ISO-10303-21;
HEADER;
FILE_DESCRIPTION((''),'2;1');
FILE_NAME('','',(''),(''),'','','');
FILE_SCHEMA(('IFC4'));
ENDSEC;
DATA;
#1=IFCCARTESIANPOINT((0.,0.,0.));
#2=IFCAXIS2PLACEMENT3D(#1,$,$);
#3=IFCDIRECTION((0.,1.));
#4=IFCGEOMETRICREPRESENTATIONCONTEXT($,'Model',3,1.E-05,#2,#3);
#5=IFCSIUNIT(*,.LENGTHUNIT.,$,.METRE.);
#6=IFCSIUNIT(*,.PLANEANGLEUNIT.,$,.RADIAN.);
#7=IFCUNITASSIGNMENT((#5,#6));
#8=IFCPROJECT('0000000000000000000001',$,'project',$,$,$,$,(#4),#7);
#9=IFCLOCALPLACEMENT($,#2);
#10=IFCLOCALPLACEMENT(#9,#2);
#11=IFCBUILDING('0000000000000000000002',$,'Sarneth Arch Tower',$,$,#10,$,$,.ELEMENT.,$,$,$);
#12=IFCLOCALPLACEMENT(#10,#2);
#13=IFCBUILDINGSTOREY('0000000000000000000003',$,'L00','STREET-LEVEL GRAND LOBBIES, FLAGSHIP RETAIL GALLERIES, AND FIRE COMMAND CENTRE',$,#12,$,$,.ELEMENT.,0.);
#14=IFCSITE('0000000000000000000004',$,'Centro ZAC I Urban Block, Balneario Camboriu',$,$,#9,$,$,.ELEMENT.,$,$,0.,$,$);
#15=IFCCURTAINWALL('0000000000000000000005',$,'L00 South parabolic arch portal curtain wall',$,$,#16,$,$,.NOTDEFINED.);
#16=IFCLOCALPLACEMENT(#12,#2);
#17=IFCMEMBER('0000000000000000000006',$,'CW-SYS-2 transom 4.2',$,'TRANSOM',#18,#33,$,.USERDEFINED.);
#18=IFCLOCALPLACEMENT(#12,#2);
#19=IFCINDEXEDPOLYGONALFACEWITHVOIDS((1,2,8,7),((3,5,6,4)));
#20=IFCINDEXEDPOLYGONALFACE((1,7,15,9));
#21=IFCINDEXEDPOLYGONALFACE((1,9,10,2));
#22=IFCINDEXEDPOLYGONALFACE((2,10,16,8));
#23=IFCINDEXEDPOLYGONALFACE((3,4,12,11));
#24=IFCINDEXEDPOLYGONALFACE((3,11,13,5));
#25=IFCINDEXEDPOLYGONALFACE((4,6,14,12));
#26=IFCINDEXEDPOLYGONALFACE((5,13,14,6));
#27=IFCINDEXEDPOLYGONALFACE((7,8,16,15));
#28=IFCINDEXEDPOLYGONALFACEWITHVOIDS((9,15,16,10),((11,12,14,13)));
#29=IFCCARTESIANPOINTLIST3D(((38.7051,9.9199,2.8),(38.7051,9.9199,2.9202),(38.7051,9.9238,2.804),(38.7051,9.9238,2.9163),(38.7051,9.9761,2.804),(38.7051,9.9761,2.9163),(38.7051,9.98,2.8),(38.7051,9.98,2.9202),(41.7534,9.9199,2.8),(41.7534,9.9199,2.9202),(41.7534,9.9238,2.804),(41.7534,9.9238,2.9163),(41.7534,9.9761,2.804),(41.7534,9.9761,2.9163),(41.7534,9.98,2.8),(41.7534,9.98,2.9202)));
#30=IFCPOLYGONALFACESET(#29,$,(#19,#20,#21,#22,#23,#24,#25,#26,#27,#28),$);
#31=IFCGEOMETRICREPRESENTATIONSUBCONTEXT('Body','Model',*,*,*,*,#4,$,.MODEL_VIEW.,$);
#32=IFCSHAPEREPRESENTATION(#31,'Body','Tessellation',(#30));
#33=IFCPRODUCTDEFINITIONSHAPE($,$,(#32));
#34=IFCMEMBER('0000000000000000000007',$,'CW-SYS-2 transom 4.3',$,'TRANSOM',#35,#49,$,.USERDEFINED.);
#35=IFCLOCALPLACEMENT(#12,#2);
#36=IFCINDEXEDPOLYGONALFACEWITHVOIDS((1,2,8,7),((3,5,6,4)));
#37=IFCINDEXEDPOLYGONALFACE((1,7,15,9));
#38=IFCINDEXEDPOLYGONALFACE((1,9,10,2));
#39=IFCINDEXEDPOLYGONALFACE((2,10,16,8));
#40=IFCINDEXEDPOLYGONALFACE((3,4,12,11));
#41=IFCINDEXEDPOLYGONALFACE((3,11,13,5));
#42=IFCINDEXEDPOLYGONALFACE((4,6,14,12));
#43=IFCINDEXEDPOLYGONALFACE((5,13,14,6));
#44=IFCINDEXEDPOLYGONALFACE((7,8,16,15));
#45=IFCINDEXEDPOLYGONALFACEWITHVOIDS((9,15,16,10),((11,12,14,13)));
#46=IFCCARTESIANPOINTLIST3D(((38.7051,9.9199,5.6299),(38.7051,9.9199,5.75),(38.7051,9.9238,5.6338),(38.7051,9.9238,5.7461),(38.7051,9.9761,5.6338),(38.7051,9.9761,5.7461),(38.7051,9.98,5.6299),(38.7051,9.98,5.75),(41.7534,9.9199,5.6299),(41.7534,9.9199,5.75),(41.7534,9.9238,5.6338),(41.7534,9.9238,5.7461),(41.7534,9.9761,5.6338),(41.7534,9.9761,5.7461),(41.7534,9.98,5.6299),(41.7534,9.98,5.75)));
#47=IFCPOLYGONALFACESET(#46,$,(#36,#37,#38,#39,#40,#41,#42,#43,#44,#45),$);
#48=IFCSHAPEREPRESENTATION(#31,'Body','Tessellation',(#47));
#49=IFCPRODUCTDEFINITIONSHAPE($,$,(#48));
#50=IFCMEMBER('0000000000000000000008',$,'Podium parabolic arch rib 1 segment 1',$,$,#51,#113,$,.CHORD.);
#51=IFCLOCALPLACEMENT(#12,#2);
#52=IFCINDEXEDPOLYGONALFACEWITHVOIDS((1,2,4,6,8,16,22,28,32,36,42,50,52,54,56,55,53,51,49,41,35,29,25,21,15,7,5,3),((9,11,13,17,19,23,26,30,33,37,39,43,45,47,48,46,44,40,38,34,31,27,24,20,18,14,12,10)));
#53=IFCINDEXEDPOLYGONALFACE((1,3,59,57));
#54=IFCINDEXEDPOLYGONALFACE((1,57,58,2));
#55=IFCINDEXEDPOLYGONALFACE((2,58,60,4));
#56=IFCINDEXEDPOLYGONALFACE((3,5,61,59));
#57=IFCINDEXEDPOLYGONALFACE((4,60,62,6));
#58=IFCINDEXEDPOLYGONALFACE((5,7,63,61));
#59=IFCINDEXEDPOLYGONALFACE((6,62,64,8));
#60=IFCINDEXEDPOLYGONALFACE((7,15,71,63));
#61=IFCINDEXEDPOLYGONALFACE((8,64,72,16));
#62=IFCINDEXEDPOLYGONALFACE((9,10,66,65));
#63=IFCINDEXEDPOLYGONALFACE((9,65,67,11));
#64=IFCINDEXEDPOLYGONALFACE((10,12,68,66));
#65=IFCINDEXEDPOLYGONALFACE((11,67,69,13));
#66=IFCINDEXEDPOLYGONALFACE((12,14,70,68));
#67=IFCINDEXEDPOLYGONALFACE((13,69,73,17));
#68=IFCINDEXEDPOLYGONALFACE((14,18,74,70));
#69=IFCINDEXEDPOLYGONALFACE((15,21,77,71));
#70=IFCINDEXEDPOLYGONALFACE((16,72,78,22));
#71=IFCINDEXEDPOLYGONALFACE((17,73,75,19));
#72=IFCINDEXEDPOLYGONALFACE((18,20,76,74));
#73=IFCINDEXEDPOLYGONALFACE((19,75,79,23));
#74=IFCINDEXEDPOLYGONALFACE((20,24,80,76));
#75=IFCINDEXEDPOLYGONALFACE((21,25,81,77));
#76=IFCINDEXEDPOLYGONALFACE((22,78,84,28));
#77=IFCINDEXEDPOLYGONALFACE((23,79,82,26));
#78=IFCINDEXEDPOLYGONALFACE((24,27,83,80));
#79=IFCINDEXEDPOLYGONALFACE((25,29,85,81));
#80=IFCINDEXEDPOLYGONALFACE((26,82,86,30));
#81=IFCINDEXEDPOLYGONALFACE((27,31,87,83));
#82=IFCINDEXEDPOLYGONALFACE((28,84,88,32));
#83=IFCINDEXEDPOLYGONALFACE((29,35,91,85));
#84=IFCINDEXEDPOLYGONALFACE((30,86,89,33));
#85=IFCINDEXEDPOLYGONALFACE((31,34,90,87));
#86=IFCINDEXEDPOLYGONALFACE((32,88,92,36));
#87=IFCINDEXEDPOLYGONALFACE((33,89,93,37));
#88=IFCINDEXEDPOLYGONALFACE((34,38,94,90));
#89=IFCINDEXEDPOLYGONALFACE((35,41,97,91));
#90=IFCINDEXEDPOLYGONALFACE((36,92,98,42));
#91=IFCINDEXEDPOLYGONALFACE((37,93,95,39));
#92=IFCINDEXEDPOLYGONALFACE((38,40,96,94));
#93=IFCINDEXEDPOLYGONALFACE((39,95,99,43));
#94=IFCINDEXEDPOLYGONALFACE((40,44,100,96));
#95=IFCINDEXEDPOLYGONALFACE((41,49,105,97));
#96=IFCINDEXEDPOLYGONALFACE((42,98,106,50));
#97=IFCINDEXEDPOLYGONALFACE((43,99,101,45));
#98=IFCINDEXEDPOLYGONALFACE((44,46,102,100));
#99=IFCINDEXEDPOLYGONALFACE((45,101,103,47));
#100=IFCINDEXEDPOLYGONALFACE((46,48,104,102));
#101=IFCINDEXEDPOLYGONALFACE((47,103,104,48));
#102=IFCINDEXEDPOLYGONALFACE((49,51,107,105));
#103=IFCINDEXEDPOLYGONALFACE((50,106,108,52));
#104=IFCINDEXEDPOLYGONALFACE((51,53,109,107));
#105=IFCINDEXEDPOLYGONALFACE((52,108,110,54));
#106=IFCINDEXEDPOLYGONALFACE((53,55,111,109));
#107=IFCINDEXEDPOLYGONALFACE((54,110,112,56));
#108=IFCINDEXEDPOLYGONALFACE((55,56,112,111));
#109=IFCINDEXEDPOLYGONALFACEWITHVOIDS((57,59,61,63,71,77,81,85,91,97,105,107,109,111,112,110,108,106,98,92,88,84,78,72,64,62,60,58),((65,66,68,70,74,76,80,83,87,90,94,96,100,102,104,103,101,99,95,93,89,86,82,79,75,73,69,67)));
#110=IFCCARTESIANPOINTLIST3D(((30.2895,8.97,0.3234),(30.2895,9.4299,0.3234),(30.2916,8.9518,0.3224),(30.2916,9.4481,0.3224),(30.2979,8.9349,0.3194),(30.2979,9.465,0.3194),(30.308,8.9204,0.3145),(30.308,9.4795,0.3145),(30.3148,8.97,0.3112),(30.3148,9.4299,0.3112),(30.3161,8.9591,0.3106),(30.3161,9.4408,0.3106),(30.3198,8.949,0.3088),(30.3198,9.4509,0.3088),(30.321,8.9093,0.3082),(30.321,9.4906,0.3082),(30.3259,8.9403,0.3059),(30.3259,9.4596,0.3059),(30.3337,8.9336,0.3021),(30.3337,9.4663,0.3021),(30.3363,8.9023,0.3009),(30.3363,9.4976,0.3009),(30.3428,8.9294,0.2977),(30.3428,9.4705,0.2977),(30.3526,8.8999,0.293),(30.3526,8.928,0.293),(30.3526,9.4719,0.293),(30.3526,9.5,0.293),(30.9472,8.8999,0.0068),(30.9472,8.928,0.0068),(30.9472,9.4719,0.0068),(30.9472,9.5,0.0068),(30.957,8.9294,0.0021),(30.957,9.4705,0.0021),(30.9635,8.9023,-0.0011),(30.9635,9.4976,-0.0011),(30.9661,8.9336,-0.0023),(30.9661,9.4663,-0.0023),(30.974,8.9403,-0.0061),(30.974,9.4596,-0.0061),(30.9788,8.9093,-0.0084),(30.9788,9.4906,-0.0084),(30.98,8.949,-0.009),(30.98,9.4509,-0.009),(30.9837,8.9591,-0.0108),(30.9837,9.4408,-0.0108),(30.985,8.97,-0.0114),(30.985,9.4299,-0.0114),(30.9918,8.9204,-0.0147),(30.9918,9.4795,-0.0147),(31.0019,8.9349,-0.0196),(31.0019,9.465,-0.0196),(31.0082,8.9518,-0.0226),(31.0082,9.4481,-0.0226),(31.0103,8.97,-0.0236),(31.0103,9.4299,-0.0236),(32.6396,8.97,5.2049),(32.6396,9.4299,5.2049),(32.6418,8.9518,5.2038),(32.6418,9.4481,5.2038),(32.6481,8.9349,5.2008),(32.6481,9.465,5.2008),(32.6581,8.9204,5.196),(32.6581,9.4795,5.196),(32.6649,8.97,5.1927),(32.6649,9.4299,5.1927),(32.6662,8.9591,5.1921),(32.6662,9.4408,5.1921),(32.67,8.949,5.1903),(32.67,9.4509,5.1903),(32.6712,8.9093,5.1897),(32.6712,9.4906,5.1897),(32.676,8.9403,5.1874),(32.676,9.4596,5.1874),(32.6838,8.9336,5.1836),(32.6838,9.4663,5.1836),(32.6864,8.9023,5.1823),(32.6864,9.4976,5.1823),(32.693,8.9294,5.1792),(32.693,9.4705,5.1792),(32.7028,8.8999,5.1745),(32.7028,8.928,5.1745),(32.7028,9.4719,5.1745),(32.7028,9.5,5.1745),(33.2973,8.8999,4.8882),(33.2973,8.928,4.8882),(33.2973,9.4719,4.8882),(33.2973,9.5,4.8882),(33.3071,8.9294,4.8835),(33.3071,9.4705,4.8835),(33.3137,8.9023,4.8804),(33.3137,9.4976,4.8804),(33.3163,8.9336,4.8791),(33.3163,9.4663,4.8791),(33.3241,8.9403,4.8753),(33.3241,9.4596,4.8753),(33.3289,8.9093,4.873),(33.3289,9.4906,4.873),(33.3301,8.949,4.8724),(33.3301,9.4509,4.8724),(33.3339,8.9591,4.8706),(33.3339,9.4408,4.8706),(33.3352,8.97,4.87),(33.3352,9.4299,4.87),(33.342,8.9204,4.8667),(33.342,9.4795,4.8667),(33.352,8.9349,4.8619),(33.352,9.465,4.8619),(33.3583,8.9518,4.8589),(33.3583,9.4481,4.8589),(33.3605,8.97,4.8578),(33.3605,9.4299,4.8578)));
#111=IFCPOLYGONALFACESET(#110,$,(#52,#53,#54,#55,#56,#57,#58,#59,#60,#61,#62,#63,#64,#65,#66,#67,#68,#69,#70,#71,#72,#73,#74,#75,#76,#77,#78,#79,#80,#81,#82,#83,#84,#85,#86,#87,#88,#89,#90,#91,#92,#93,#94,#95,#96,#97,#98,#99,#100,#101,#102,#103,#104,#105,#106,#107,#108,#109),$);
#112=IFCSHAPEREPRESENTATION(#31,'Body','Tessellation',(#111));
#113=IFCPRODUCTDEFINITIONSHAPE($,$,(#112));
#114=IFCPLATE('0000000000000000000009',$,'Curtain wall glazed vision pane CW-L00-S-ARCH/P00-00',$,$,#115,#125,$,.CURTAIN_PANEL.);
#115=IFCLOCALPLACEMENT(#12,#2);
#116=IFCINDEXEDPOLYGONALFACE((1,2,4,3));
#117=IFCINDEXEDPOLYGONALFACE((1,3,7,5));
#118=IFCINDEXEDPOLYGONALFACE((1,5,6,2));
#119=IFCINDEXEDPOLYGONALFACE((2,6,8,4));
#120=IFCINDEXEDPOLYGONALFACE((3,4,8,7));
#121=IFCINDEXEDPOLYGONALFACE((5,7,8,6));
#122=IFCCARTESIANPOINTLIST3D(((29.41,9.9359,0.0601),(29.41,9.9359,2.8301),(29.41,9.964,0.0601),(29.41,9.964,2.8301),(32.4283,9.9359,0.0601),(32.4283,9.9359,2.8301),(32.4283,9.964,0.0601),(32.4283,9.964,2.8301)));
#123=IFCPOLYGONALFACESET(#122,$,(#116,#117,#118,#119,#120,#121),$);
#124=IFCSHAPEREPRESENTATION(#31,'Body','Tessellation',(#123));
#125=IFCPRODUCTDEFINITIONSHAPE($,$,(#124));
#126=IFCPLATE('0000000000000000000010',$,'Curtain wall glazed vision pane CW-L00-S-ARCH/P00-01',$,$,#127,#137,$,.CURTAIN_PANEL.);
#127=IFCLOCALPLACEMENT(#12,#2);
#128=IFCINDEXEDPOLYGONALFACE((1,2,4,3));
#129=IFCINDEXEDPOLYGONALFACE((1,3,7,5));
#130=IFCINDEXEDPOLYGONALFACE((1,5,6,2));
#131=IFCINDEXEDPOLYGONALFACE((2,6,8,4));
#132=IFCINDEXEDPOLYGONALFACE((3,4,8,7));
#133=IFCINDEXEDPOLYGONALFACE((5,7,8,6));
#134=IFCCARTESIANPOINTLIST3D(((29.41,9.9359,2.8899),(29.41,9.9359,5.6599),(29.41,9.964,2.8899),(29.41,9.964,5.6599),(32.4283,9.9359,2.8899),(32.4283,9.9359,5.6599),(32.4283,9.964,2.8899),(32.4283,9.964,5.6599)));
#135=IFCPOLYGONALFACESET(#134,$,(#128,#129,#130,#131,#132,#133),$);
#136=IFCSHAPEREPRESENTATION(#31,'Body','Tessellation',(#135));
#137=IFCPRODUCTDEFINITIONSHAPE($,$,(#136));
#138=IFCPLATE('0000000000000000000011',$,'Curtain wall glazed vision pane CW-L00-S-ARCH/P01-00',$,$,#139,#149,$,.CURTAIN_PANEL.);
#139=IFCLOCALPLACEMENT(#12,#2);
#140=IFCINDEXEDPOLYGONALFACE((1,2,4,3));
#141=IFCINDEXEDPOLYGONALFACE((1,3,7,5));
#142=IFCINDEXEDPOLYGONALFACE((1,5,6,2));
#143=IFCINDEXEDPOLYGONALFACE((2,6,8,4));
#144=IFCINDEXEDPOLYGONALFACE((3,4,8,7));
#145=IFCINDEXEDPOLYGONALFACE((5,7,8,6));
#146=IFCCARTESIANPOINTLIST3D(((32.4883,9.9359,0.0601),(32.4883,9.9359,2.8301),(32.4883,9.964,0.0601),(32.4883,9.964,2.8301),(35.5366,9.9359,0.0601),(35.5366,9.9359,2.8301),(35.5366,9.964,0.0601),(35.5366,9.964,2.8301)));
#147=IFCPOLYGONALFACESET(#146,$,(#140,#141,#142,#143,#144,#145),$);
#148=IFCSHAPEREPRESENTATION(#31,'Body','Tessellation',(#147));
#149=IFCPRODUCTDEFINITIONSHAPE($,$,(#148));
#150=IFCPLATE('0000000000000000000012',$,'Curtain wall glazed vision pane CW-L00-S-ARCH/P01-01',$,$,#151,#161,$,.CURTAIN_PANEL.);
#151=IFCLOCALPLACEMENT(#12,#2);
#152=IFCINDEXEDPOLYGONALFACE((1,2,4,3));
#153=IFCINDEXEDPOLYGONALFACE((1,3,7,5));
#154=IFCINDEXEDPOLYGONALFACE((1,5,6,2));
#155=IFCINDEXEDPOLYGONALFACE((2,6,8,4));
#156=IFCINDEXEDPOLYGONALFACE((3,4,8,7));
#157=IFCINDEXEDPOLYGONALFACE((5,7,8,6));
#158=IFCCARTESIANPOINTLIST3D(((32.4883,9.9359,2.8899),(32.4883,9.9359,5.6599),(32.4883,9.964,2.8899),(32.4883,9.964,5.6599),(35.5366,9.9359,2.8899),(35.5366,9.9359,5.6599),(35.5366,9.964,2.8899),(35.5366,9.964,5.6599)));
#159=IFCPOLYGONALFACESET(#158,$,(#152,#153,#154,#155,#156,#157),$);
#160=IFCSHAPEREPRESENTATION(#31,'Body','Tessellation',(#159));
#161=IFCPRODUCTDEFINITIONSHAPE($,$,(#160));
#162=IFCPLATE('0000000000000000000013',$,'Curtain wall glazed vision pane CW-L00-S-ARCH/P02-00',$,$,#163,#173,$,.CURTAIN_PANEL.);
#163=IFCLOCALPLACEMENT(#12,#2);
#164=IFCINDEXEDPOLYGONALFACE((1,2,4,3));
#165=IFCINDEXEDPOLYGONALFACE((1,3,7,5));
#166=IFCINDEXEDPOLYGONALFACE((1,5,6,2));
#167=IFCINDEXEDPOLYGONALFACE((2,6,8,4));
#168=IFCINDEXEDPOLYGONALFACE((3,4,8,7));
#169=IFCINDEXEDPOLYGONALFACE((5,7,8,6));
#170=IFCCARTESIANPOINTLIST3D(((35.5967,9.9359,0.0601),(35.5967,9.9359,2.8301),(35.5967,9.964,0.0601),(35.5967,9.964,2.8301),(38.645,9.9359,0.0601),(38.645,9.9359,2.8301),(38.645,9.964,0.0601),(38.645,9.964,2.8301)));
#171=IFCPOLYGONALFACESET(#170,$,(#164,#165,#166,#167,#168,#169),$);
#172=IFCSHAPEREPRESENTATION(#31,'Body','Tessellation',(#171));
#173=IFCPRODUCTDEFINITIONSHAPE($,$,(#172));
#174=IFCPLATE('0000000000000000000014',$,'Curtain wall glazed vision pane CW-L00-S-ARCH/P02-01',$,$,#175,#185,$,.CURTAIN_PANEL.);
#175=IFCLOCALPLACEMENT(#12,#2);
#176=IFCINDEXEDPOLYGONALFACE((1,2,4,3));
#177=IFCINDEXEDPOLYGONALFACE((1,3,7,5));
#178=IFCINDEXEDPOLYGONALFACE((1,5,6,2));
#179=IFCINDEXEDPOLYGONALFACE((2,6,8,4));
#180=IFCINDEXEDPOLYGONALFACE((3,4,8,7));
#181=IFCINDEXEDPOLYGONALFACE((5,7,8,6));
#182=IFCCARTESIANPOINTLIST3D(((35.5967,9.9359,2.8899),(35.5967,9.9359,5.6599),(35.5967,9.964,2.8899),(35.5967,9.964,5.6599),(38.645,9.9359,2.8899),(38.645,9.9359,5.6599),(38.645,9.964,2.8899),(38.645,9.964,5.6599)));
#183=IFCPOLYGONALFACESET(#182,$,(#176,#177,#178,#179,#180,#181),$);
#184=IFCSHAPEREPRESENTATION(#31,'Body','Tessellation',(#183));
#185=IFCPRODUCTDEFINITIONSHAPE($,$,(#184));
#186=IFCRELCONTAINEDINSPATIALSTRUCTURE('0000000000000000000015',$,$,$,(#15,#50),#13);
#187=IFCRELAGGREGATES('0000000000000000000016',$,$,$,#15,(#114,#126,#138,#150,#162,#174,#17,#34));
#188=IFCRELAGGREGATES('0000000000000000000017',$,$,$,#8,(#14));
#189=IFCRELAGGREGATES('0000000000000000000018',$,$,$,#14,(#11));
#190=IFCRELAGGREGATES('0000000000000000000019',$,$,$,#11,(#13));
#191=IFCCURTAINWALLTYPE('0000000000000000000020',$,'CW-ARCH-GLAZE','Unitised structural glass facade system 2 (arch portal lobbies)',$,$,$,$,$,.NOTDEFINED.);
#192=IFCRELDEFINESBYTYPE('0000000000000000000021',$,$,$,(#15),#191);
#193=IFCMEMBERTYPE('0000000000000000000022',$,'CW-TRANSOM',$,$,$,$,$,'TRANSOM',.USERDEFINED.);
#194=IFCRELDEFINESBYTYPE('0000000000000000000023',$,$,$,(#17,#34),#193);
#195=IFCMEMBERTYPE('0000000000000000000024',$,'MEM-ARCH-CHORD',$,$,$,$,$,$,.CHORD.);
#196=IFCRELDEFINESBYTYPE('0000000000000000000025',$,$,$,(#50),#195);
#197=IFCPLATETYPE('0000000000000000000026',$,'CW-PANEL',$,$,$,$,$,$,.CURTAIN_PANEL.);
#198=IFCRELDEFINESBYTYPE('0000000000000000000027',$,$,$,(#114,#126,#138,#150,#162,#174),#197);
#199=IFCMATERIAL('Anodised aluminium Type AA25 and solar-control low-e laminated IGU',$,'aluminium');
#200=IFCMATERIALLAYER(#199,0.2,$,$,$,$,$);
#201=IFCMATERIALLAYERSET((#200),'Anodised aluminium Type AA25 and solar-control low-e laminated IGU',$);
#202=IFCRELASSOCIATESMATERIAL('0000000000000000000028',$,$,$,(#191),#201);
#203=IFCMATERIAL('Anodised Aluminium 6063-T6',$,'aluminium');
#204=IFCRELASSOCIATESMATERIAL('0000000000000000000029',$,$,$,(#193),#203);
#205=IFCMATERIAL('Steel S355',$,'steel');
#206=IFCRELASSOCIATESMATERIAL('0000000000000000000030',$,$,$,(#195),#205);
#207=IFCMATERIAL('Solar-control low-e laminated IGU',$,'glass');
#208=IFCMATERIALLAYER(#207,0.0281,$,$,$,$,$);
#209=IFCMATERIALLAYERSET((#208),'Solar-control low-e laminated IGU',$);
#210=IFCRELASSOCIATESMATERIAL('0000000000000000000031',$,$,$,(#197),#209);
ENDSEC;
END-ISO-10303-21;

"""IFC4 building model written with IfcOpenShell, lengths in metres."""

from ifc_helpers import new_model, si_unit, direction, frame, origin, origin_2d, place, context, subcontext, project, spatial, rectangle, hollow_rectangle, extrude, material, layer, layer_set, material_profile, profile_set, type_object, element, aggregate, save


model = new_model("IFC4")

# Units and contexts
model_context = context("Model", 3, precision=1e-05, world=origin(), true_north=direction((0.0, 1.0)))
body_context = subcontext(model_context, "Body", "Model", "MODEL_VIEW")
ifc_project = project(units=[si_unit("LENGTHUNIT", "METRE"), si_unit("PLANEANGLEUNIT", "RADIAN")], contexts=[model_context])

# Site, building, storey
site_placement = place(None, origin())
site = spatial("IfcSite", under=ifc_project, at=site_placement, Name="Centro ZAC I Urban Block, Balneario Camboriu", CompositionType="ELEMENT", RefElevation=0.0)
building_placement = place(site_placement, origin())
building = spatial("IfcBuilding", under=site, at=building_placement, Name="Sarneth Arch Tower", CompositionType="ELEMENT")
storey_placement = place(building_placement, origin())
storey = spatial("IfcBuildingStorey", under=building, at=storey_placement, Name="L00", Description="STREET-LEVEL GRAND LOBBIES, FLAGSHIP RETAIL GALLERIES, AND FIRE COMMAND CENTRE", CompositionType="ELEMENT", Elevation=0.0)

# Curtain wall, members
ifc_material_1 = material(Name="Anodised aluminium Type AA25 and solar-control low-e laminated IGU", Category="aluminium")
ifc_layer_1 = layer(ifc_material_1, 0.2)
ifc_layer_set_1 = layer_set([ifc_layer_1], Name="Anodised aluminium Type AA25 and solar-control low-e laminated IGU")
curtain_wall_type = type_object("IfcCurtainWallType", Name="CW-ARCH-GLAZE", Description="Unitised structural glass facade system 2 (arch portal lobbies)", PredefinedType="NOTDEFINED", material=ifc_layer_set_1)
curtain_wall_placement = place(storey_placement, origin())
curtain_wall = element("IfcCurtainWall", 1, at=curtain_wall_placement, inside=storey, type_object=curtain_wall_type, Name="L00 South parabolic arch portal curtain wall", PredefinedType="NOTDEFINED")
ifc_material_2 = material(Name="Anodised Aluminium 6063-T6", Category="aluminium")
ifc_material_profile_1 = material_profile(ifc_material_2, hollow_rectangle(XDim=0.0601, YDim=0.1201, WallThickness=0.0039, at=origin_2d()), Name="AL-TRAN-120x60x4")
ifc_profile_set_1 = profile_set([ifc_material_profile_1], Name="Anodised Aluminium 6063-T6")
member_type_1 = type_object("IfcMemberType", Name="CW-TRANSOM", ElementType="TRANSOM", PredefinedType="USERDEFINED", material=ifc_profile_set_1)
member_1_placement = place(storey_placement, frame((38.7051, 9.95, 2.8601), z_axis=(1.0, 0.0, 0.0), x_axis=(0.0, 1.0, 0.0)))
member_1 = element("IfcMember", 2, at=member_1_placement, type_object=member_type_1, Name="CW-SYS-2 transom 4.2", ObjectType="TRANSOM", PredefinedType="USERDEFINED", context=body_context, shape_type="SweptSolid", body=[
    extrude(hollow_rectangle(XDim=0.0601, YDim=0.1201, WallThickness=0.0039, at=origin_2d()), origin(), (0.0, 0.0, 1.0), 3.0483),
])
member_2_placement = place(storey_placement, frame((38.7051, 9.95, 5.6899), z_axis=(1.0, 0.0, 0.0), x_axis=(0.0, 1.0, 0.0)))
member_2 = element("IfcMember", 3, at=member_2_placement, type_object=member_type_1, Name="CW-SYS-2 transom 4.3", ObjectType="TRANSOM", PredefinedType="USERDEFINED", context=body_context, shape_type="SweptSolid", body=[
    extrude(hollow_rectangle(XDim=0.0601, YDim=0.1201, WallThickness=0.0039, at=origin_2d()), origin(), (0.0, 0.0, 1.0), 3.0483),
])

# Member
ifc_material_3 = material(Name="Steel S355", Category="steel")
ifc_material_profile_2 = material_profile(ifc_material_3, hollow_rectangle(XDim=0.6001, YDim=0.8, WallThickness=0.0281, InnerFilletRadius=0.042, OuterFilletRadius=0.0701, at=origin_2d()), Name="RHS800x600x28")
ifc_profile_set_2 = profile_set([ifc_material_profile_2], Name="Steel S355")
member_type_2 = type_object("IfcMemberType", Name="MEM-ARCH-CHORD", PredefinedType="CHORD", material=ifc_profile_set_2)
member_3_placement = place(storey_placement, frame((30.6499, 9.2, 0.1499), z_axis=(0.433789, 0.0, 0.901015), x_axis=(0.0, 1.0, 0.0)))
element("IfcMember", 4, at=member_3_placement, inside=storey, type_object=member_type_2, Name="Podium parabolic arch rib 1 segment 1", PredefinedType="CHORD", context=body_context, shape_type="SweptSolid", body=[
    extrude(hollow_rectangle(XDim=0.6001, YDim=0.8, WallThickness=0.0281, InnerFilletRadius=0.042, OuterFilletRadius=0.0701, at=origin_2d()), origin(), (0.0, 0.0, 1.0), 5.4177),
])

# Plates
ifc_material_4 = material(Name="Solar-control low-e laminated IGU", Category="glass")
ifc_layer_2 = layer(ifc_material_4, 0.0281)
ifc_layer_set_2 = layer_set([ifc_layer_2], Name="Solar-control low-e laminated IGU")
plate_type_1 = type_object("IfcPlateType", Name="CW-PANEL", PredefinedType="CURTAIN_PANEL", material=ifc_layer_set_2)
plate_1_placement = place(storey_placement, frame((30.9192, 9.95, 0.0601), z_axis=(0.0, 0.0, 1.0), x_axis=(1.0, 0.0, 0.0)))
plate_1 = element("IfcPlate", 5, at=plate_1_placement, type_object=plate_type_1, Name="Curtain wall glazed vision pane CW-L00-S-ARCH/P00-00", PredefinedType="CURTAIN_PANEL", context=body_context, shape_type="SweptSolid", body=[
    extrude(rectangle(XDim=3.0183, YDim=0.0281, at=origin_2d()), origin(), (0.0, 0.0, 1.0), 2.77),
])
plate_2_placement = place(storey_placement, frame((30.9192, 9.95, 2.8899), z_axis=(0.0, 0.0, 1.0), x_axis=(1.0, 0.0, 0.0)))
plate_2 = element("IfcPlate", 6, at=plate_2_placement, type_object=plate_type_1, Name="Curtain wall glazed vision pane CW-L00-S-ARCH/P00-01", PredefinedType="CURTAIN_PANEL", context=body_context, shape_type="SweptSolid", body=[
    extrude(rectangle(XDim=3.0183, YDim=0.0281, at=origin_2d()), origin(), (0.0, 0.0, 1.0), 2.77),
])
plate_3_placement = place(storey_placement, frame((34.0125, 9.95, 0.0601), z_axis=(0.0, 0.0, 1.0), x_axis=(1.0, 0.0, 0.0)))
plate_3 = element("IfcPlate", 7, at=plate_3_placement, type_object=plate_type_1, Name="Curtain wall glazed vision pane CW-L00-S-ARCH/P01-00", PredefinedType="CURTAIN_PANEL", context=body_context, shape_type="SweptSolid", body=[
    extrude(rectangle(XDim=3.0483, YDim=0.0281, at=origin_2d()), origin(), (0.0, 0.0, 1.0), 2.77),
])
plate_4_placement = place(storey_placement, frame((34.0125, 9.95, 2.8899), z_axis=(0.0, 0.0, 1.0), x_axis=(1.0, 0.0, 0.0)))
plate_4 = element("IfcPlate", 8, at=plate_4_placement, type_object=plate_type_1, Name="Curtain wall glazed vision pane CW-L00-S-ARCH/P01-01", PredefinedType="CURTAIN_PANEL", context=body_context, shape_type="SweptSolid", body=[
    extrude(rectangle(XDim=3.0483, YDim=0.0281, at=origin_2d()), origin(), (0.0, 0.0, 1.0), 2.77),
])
plate_5_placement = place(storey_placement, frame((37.1208, 9.95, 0.0601), z_axis=(0.0, 0.0, 1.0), x_axis=(1.0, 0.0, 0.0)))
plate_5 = element("IfcPlate", 9, at=plate_5_placement, type_object=plate_type_1, Name="Curtain wall glazed vision pane CW-L00-S-ARCH/P02-00", PredefinedType="CURTAIN_PANEL", context=body_context, shape_type="SweptSolid", body=[
    extrude(rectangle(XDim=3.0483, YDim=0.0281, at=origin_2d()), origin(), (0.0, 0.0, 1.0), 2.77),
])
plate_6_placement = place(storey_placement, frame((37.1208, 9.95, 2.8899), z_axis=(0.0, 0.0, 1.0), x_axis=(1.0, 0.0, 0.0)))
plate_6 = element("IfcPlate", 10, at=plate_6_placement, type_object=plate_type_1, Name="Curtain wall glazed vision pane CW-L00-S-ARCH/P02-01", PredefinedType="CURTAIN_PANEL", context=body_context, shape_type="SweptSolid", body=[
    extrude(rectangle(XDim=3.0483, YDim=0.0281, at=origin_2d()), origin(), (0.0, 0.0, 1.0), 2.77),
])
aggregate(curtain_wall, [plate_1, plate_2, plate_3, plate_4, plate_5, plate_6, member_1, member_2])

save(model, "model.ifc")
